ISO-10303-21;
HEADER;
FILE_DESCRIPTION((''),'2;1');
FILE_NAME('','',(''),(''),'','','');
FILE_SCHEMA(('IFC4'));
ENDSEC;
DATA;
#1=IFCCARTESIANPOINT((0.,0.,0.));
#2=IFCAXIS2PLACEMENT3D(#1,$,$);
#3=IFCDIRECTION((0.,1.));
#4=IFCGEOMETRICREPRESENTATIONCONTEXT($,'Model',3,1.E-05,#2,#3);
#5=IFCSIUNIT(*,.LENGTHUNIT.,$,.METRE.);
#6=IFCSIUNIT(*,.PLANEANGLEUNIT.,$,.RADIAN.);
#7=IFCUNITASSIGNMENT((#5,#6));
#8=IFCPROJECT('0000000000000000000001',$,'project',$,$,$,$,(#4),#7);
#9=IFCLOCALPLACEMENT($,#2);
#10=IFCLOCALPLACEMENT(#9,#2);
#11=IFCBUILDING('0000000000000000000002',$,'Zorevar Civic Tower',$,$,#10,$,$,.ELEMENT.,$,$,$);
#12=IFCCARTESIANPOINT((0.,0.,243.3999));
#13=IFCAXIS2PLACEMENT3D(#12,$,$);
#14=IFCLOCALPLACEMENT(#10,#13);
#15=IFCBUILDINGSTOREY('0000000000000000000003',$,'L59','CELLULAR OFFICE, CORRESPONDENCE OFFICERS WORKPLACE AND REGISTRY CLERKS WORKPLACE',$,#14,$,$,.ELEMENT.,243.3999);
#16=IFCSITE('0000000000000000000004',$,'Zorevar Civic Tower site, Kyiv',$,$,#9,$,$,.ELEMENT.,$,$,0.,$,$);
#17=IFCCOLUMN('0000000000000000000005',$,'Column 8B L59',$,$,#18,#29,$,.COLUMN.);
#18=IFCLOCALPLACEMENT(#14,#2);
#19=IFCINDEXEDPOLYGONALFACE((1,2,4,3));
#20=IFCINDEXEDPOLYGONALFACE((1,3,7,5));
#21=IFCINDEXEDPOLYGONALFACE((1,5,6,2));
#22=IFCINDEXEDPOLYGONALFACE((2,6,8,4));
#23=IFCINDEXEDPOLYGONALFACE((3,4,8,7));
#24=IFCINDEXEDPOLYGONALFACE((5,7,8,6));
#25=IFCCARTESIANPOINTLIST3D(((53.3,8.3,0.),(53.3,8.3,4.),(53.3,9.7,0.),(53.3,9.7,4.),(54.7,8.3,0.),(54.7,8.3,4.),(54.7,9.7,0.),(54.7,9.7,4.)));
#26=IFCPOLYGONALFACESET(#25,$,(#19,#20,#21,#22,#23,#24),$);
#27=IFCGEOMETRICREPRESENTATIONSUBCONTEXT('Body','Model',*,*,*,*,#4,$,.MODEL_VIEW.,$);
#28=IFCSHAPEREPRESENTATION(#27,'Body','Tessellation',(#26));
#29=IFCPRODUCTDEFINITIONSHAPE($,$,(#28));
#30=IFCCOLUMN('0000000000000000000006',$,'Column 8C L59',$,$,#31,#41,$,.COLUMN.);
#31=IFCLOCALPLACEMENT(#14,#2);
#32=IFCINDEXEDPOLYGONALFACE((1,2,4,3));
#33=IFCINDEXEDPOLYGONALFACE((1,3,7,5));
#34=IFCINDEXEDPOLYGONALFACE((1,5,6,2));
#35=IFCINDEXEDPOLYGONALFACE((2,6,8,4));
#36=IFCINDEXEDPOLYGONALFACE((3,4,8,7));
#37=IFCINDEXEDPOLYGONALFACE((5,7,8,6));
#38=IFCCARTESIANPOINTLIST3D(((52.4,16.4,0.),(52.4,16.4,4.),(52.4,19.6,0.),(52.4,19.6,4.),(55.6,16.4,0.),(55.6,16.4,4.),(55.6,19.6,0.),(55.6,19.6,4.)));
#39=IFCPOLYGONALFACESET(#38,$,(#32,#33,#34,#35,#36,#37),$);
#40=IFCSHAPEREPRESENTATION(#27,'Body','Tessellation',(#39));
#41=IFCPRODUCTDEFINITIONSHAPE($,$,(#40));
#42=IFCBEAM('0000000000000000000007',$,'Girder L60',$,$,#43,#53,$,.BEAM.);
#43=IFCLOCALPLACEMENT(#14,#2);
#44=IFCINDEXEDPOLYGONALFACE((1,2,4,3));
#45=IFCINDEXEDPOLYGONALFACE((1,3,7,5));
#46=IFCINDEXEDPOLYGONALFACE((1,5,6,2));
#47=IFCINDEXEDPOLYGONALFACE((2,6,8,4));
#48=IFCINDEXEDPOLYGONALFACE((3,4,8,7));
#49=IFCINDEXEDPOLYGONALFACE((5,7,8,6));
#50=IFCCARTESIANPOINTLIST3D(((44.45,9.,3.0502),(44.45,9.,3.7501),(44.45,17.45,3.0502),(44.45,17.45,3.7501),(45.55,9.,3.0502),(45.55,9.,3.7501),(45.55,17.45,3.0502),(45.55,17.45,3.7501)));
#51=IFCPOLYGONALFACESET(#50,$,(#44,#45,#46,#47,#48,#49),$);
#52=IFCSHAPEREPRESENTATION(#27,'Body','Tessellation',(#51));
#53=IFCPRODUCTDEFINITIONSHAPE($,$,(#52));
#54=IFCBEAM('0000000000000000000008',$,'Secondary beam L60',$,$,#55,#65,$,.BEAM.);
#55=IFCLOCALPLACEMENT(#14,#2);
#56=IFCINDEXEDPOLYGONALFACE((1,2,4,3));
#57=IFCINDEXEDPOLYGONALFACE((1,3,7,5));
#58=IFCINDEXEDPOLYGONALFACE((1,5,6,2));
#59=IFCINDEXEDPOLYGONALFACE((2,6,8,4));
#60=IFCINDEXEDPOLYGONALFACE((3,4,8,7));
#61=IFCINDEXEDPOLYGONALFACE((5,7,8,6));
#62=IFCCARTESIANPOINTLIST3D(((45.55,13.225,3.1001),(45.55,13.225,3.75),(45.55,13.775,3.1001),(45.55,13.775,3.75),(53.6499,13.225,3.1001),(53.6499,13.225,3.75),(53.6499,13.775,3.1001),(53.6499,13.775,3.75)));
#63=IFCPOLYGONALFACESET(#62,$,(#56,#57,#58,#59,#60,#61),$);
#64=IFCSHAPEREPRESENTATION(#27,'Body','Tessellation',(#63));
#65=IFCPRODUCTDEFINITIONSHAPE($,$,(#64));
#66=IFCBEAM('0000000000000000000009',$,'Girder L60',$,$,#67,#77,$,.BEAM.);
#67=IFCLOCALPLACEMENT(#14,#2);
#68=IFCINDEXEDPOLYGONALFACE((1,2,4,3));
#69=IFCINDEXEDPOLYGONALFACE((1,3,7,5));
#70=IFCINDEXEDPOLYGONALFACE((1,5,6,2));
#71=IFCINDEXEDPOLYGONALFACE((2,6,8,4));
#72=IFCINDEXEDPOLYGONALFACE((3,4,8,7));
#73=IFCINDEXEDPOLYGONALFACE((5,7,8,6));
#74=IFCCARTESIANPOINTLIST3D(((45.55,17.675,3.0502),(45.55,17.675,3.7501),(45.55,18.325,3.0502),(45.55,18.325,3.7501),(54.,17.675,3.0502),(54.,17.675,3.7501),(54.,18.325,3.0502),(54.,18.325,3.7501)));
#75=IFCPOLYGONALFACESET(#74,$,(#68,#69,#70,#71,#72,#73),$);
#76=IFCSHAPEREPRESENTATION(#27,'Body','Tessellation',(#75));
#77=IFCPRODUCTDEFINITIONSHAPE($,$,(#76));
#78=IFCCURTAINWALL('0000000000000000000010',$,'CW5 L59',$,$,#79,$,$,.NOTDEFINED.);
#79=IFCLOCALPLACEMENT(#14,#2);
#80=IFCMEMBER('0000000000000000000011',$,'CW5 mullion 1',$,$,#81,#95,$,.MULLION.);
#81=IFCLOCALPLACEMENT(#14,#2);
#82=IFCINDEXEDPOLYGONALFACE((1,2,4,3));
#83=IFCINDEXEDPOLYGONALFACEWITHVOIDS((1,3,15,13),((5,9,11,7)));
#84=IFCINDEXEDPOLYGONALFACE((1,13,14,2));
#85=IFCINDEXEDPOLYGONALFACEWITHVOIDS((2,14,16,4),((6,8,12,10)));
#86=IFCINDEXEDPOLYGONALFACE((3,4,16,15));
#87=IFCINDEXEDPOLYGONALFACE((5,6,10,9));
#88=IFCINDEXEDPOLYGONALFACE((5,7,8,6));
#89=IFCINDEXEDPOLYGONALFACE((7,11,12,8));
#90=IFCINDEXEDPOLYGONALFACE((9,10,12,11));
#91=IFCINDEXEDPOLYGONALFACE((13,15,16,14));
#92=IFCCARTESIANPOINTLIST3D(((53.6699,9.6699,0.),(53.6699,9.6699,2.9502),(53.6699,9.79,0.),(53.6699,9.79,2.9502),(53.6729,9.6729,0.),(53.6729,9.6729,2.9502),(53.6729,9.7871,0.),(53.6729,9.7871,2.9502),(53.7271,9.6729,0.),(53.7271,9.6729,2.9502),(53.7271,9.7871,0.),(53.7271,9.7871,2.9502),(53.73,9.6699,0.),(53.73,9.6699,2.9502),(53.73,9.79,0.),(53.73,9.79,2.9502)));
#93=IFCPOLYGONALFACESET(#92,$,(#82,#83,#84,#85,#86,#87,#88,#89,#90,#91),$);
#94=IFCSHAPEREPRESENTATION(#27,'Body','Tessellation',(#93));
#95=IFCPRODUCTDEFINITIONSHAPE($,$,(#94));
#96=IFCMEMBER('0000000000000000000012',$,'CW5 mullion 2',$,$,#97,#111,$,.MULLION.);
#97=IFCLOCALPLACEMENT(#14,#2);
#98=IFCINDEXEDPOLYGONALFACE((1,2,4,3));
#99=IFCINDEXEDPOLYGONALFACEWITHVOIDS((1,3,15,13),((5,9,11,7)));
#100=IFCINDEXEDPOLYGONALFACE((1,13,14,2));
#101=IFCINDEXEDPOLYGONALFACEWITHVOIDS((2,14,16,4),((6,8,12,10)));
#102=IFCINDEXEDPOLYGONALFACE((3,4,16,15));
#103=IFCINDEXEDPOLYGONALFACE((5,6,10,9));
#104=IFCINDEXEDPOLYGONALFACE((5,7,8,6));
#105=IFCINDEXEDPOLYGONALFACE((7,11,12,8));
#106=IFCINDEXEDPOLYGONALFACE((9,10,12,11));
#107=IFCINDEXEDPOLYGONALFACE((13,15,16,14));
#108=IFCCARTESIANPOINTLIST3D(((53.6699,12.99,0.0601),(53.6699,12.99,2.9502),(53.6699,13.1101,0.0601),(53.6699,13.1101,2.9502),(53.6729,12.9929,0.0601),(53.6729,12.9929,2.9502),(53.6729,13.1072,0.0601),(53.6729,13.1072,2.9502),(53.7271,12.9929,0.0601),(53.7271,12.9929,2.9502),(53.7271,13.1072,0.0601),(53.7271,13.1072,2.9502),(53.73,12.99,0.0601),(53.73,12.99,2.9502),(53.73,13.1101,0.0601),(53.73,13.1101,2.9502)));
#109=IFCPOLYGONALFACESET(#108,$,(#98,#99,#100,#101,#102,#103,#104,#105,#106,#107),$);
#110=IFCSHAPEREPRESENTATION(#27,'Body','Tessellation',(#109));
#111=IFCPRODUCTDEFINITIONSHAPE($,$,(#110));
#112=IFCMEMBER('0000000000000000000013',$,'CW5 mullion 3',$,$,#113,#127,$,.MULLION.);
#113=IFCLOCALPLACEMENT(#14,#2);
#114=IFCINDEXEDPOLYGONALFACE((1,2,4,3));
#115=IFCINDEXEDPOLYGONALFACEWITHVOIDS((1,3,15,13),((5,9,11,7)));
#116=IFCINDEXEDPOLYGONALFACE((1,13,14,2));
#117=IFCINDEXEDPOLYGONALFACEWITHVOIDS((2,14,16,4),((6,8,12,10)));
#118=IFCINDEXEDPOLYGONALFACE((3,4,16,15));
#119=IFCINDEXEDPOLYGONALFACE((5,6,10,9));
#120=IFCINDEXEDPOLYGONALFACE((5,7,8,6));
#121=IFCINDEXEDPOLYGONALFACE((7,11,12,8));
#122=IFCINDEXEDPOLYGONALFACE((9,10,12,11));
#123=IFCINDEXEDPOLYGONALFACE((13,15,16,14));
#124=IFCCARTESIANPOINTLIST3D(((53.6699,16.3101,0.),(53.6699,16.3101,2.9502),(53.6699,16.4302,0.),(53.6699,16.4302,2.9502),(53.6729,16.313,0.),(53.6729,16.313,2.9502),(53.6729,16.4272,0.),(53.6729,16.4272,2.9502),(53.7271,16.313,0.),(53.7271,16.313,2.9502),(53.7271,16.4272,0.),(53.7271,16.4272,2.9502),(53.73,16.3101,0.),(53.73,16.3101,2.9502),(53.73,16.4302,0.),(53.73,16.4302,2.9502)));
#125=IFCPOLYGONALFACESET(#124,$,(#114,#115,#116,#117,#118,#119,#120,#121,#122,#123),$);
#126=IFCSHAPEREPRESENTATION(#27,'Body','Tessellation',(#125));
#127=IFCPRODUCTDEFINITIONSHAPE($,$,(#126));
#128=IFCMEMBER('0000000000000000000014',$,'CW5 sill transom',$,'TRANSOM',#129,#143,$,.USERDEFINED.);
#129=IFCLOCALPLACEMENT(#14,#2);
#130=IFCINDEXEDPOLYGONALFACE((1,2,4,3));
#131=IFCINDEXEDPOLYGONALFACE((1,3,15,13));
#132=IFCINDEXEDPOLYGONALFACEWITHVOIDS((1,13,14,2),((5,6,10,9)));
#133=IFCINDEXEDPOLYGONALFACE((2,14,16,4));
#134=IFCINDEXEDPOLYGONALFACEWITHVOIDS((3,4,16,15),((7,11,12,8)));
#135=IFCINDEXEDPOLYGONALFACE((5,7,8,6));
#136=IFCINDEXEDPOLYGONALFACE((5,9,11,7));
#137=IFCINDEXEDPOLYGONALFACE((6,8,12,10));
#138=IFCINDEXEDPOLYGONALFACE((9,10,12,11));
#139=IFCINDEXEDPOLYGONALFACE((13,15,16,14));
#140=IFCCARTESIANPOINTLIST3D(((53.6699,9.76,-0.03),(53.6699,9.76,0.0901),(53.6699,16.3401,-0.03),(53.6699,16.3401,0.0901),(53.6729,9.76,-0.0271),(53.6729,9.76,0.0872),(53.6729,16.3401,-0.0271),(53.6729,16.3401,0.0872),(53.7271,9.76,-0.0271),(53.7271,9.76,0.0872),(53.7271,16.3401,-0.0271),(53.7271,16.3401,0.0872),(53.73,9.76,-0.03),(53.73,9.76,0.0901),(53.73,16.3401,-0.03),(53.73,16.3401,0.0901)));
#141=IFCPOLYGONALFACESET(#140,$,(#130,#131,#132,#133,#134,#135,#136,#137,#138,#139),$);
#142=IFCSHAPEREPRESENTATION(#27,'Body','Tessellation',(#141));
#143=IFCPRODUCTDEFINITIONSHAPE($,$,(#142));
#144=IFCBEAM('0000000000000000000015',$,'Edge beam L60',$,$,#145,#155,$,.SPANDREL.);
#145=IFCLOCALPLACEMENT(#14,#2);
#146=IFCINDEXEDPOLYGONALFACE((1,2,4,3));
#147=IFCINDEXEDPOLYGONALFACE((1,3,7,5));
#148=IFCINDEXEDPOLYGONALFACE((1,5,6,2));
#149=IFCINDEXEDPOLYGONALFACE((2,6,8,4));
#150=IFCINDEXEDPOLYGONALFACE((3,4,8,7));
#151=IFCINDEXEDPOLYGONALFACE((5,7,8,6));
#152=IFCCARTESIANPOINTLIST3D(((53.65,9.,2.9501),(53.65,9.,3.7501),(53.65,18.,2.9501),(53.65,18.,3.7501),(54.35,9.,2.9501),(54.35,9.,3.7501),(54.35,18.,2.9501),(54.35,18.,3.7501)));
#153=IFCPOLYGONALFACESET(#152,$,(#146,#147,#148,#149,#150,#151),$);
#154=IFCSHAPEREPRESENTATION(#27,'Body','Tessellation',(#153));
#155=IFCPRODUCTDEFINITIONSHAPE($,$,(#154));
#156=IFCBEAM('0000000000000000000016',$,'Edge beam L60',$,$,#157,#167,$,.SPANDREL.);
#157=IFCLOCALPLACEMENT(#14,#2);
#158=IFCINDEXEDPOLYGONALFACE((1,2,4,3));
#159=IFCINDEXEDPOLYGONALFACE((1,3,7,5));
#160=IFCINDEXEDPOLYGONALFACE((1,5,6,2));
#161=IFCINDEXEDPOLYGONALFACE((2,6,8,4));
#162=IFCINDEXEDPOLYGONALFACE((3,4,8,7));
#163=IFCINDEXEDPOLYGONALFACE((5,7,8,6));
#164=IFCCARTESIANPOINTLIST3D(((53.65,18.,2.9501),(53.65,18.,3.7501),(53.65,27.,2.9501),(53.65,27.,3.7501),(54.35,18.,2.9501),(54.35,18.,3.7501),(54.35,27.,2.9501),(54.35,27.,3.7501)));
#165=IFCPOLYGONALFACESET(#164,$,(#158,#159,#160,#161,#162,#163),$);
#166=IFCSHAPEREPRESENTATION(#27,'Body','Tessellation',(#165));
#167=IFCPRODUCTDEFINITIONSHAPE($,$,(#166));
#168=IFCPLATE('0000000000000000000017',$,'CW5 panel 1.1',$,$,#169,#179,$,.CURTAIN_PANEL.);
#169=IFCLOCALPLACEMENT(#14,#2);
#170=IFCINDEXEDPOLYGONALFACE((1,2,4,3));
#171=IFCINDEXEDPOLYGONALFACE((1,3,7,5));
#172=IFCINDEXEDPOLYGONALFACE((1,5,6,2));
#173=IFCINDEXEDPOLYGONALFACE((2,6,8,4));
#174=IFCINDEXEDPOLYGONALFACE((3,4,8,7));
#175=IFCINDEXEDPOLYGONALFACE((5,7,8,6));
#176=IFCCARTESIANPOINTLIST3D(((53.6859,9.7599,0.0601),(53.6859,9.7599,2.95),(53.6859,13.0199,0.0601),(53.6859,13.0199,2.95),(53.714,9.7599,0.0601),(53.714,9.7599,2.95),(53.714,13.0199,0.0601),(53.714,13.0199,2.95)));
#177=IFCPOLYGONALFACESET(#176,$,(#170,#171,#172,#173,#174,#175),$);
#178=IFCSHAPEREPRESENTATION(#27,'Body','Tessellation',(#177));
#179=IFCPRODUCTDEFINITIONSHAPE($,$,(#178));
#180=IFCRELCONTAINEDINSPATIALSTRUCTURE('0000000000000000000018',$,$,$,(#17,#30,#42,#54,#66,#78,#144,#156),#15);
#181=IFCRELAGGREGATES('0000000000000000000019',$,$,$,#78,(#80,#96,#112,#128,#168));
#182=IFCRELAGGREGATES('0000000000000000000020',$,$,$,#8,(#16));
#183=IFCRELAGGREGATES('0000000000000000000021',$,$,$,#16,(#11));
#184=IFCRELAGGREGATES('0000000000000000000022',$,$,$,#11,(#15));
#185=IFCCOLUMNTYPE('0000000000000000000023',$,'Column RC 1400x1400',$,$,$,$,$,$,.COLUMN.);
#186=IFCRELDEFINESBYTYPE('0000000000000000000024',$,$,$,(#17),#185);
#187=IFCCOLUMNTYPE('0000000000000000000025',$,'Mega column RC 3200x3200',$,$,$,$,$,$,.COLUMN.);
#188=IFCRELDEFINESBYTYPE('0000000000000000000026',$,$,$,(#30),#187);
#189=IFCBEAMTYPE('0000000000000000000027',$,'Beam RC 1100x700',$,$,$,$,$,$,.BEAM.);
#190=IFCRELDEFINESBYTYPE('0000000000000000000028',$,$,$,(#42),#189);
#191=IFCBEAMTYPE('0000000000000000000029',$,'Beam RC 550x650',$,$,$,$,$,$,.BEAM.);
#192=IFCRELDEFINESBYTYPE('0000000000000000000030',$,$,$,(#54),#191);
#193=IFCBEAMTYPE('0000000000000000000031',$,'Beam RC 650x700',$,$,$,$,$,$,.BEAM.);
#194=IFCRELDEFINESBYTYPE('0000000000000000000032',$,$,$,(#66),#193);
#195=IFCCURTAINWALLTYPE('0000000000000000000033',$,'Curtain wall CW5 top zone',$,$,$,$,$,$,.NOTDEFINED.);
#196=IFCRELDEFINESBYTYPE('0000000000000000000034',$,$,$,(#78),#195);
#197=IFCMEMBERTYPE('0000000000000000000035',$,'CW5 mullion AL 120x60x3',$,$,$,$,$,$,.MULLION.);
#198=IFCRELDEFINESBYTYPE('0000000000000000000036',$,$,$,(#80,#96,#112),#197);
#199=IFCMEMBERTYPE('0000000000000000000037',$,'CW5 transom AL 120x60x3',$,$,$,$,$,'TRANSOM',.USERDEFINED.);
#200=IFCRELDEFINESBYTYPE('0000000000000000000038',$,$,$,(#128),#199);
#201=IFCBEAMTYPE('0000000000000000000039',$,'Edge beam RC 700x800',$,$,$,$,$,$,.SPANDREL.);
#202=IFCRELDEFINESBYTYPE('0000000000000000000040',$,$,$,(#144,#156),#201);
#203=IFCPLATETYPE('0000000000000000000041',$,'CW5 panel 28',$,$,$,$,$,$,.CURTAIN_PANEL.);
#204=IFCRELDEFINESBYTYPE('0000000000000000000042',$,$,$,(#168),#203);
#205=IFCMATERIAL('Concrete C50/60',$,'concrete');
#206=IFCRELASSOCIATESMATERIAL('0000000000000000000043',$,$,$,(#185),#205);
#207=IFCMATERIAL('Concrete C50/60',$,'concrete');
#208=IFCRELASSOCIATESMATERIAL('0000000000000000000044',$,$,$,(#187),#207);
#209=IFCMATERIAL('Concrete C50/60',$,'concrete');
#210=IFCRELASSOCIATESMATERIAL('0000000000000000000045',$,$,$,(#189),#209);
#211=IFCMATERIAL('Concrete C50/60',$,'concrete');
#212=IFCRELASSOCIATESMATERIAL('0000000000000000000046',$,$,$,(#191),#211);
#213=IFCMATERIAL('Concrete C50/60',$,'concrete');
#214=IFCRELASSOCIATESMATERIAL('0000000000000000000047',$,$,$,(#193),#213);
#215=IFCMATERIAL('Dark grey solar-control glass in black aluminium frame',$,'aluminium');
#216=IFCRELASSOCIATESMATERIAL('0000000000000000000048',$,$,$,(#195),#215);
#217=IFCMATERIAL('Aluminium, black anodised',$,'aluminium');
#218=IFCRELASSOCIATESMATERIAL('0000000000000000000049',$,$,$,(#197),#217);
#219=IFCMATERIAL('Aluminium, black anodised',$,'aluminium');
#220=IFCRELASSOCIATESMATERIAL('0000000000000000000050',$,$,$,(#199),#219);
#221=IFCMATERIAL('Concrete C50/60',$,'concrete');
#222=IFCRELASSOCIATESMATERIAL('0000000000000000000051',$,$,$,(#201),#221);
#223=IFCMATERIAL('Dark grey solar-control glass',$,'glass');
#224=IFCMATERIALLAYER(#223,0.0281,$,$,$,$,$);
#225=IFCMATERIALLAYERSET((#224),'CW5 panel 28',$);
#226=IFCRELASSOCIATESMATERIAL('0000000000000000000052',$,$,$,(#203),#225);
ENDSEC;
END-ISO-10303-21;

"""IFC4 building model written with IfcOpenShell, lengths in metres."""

from ifc_helpers import new_model, si_unit, direction, frame, origin, origin_2d, place, context, subcontext, project, spatial, rectangle, hollow_rectangle, extrude, material, layer, layer_set, material_profile, profile_set, type_object, element, aggregate, save


model = new_model("IFC4")

# Units and contexts
model_context = context("Model", 3, precision=1e-05, world=origin(), true_north=direction((0.0, 1.0)))
body_context = subcontext(model_context, "Body", "Model", "MODEL_VIEW")
ifc_project = project(units=[si_unit("LENGTHUNIT", "METRE"), si_unit("PLANEANGLEUNIT", "RADIAN")], contexts=[model_context])

# Site, building, storey
site_placement = place(None, origin())
site = spatial("IfcSite", under=ifc_project, at=site_placement, Name="Zorevar Civic Tower site, Kyiv", CompositionType="ELEMENT", RefElevation=0.0)
building_placement = place(site_placement, origin())
building = spatial("IfcBuilding", under=site, at=building_placement, Name="Zorevar Civic Tower", CompositionType="ELEMENT")
storey_placement = place(building_placement, frame((0.0, 0.0, 243.3999)))
storey = spatial("IfcBuildingStorey", under=building, at=storey_placement, Name="L59", Description="CELLULAR OFFICE, CORRESPONDENCE OFFICERS WORKPLACE AND REGISTRY CLERKS WORKPLACE", CompositionType="ELEMENT", Elevation=243.3999)

# Columns
ifc_material_1 = material(Name="Concrete C50/60", Category="concrete")
ifc_material_profile_1 = material_profile(ifc_material_1, rectangle(XDim=1.3999, YDim=1.3999, at=origin_2d()), Name="RC 1400x1400")
ifc_profile_set_1 = profile_set([ifc_material_profile_1], Name="Concrete C50/60")
column_type_1 = type_object("IfcColumnType", Name="Column RC 1400x1400", PredefinedType="COLUMN", material=ifc_profile_set_1)
column_1_placement = place(storey_placement, frame((54.0, 9.0, 0.0), z_axis=(0.0, 0.0, 1.0), x_axis=(1.0, 0.0, 0.0)))
element("IfcColumn", 1, at=column_1_placement, inside=storey, type_object=column_type_1, Name="Column 8B L59", PredefinedType="COLUMN", context=body_context, shape_type="SweptSolid", body=[
    extrude(rectangle(XDim=1.3999, YDim=1.3999, at=origin_2d()), origin(), (0.0, 0.0, 1.0), 4.0),
])
ifc_material_2 = material(Name="Concrete C50/60", Category="concrete")
ifc_material_profile_2 = material_profile(ifc_material_2, rectangle(XDim=3.2, YDim=3.2, at=origin_2d()), Name="RC 3200x3200")
ifc_profile_set_2 = profile_set([ifc_material_profile_2], Name="Concrete C50/60")
column_type_2 = type_object("IfcColumnType", Name="Mega column RC 3200x3200", PredefinedType="COLUMN", material=ifc_profile_set_2)
column_2_placement = place(storey_placement, frame((54.0, 18.0, 0.0), z_axis=(0.0, 0.0, 1.0), x_axis=(1.0, 0.0, 0.0)))
element("IfcColumn", 2, at=column_2_placement, inside=storey, type_object=column_type_2, Name="Column 8C L59", PredefinedType="COLUMN", context=body_context, shape_type="SweptSolid", body=[
    extrude(rectangle(XDim=3.2, YDim=3.2, at=origin_2d()), origin(), (0.0, 0.0, 1.0), 4.0),
])

# Beams
ifc_material_3 = material(Name="Concrete C50/60", Category="concrete")
ifc_material_profile_3 = material_profile(ifc_material_3, rectangle(XDim=1.1001, YDim=0.7, at=origin_2d()), Name="RC 1100x700")
ifc_profile_set_3 = profile_set([ifc_material_profile_3], Name="Concrete C50/60")
beam_type_1 = type_object("IfcBeamType", Name="Beam RC 1100x700", PredefinedType="BEAM", material=ifc_profile_set_3)
beam_1_placement = place(storey_placement, frame((45.0, 9.0, 3.4001), z_axis=(0.0, 1.0, 0.0), x_axis=(-1.0, 0.0, 0.0)))
element("IfcBeam", 3, at=beam_1_placement, inside=storey, type_object=beam_type_1, Name="Girder L60", PredefinedType="BEAM", context=body_context, shape_type="SweptSolid", body=[
    extrude(rectangle(XDim=1.1001, YDim=0.7, at=origin_2d()), origin(), (0.0, 0.0, 1.0), 8.45),
])
ifc_material_4 = material(Name="Concrete C50/60", Category="concrete")
ifc_material_profile_4 = material_profile(ifc_material_4, rectangle(XDim=0.55, YDim=0.6499, at=origin_2d()), Name="RC 550x650")
ifc_profile_set_4 = profile_set([ifc_material_profile_4], Name="Concrete C50/60")
beam_type_2 = type_object("IfcBeamType", Name="Beam RC 550x650", PredefinedType="BEAM", material=ifc_profile_set_4)
beam_2_placement = place(storey_placement, frame((45.55, 13.5, 3.425), z_axis=(1.0, 0.0, 0.0), x_axis=(0.0, 1.0, 0.0)))
element("IfcBeam", 4, at=beam_2_placement, inside=storey, type_object=beam_type_2, Name="Secondary beam L60", PredefinedType="BEAM", context=body_context, shape_type="SweptSolid", body=[
    extrude(rectangle(XDim=0.55, YDim=0.6499, at=origin_2d()), origin(), (0.0, 0.0, 1.0), 8.0999),
])
ifc_material_5 = material(Name="Concrete C50/60", Category="concrete")
ifc_material_profile_5 = material_profile(ifc_material_5, rectangle(XDim=0.6499, YDim=0.7, at=origin_2d()), Name="RC 650x700")
ifc_profile_set_5 = profile_set([ifc_material_profile_5], Name="Concrete C50/60")
beam_type_3 = type_object("IfcBeamType", Name="Beam RC 650x700", PredefinedType="BEAM", material=ifc_profile_set_5)
beam_3_placement = place(storey_placement, frame((45.55, 18.0, 3.4001), z_axis=(1.0, 0.0, 0.0), x_axis=(0.0, 1.0, 0.0)))
element("IfcBeam", 5, at=beam_3_placement, inside=storey, type_object=beam_type_3, Name="Girder L60", PredefinedType="BEAM", context=body_context, shape_type="SweptSolid", body=[
    extrude(rectangle(XDim=0.6499, YDim=0.7, at=origin_2d()), origin(), (0.0, 0.0, 1.0), 8.45),
])

# Curtain wall, members
ifc_material_6 = material(Name="Dark grey solar-control glass in black aluminium frame", Category="aluminium")
curtain_wall_type = type_object("IfcCurtainWallType", Name="Curtain wall CW5 top zone", PredefinedType="NOTDEFINED", material=ifc_material_6)
curtain_wall_placement = place(storey_placement, origin())
curtain_wall = element("IfcCurtainWall", 6, at=curtain_wall_placement, inside=storey, type_object=curtain_wall_type, Name="CW5 L59", PredefinedType="NOTDEFINED")
ifc_material_7 = material(Name="Aluminium, black anodised", Category="aluminium")
ifc_material_profile_6 = material_profile(ifc_material_7, hollow_rectangle(XDim=0.0601, YDim=0.1201, WallThickness=0.0029, at=origin_2d()), Name="AL 120x60x3")
ifc_profile_set_6 = profile_set([ifc_material_profile_6], Name="Aluminium, black anodised")
member_type_1 = type_object("IfcMemberType", Name="CW5 mullion AL 120x60x3", PredefinedType="MULLION", material=ifc_profile_set_6)
member_1_placement = place(storey_placement, frame((53.7, 9.73, 0.0), z_axis=(0.0, 0.0, 1.0), x_axis=(-1.0, 0.0, 0.0)))
member_1 = element("IfcMember", 7, at=member_1_placement, type_object=member_type_1, Name="CW5 mullion 1", PredefinedType="MULLION", context=body_context, shape_type="SweptSolid", body=[
    extrude(hollow_rectangle(XDim=0.0601, YDim=0.1201, WallThickness=0.0029, at=origin_2d()), origin(), (0.0, 0.0, 1.0), 2.9502),
])
member_2_placement = place(storey_placement, frame((53.7, 13.05, 0.0601), z_axis=(0.0, 0.0, 1.0), x_axis=(-1.0, 0.0, 0.0)))
member_2 = element("IfcMember", 8, at=member_2_placement, type_object=member_type_1, Name="CW5 mullion 2", PredefinedType="MULLION", context=body_context, shape_type="SweptSolid", body=[
    extrude(hollow_rectangle(XDim=0.0601, YDim=0.1201, WallThickness=0.0029, at=origin_2d()), origin(), (0.0, 0.0, 1.0), 2.8901),
])
member_3_placement = place(storey_placement, frame((53.7, 16.3701, 0.0), z_axis=(0.0, 0.0, 1.0), x_axis=(-1.0, 0.0, 0.0)))
member_3 = element("IfcMember", 9, at=member_3_placement, type_object=member_type_1, Name="CW5 mullion 3", PredefinedType="MULLION", context=body_context, shape_type="SweptSolid", body=[
    extrude(hollow_rectangle(XDim=0.0601, YDim=0.1201, WallThickness=0.0029, at=origin_2d()), origin(), (0.0, 0.0, 1.0), 2.9502),
])
ifc_material_8 = material(Name="Aluminium, black anodised", Category="aluminium")
ifc_material_profile_7 = material_profile(ifc_material_8, hollow_rectangle(XDim=0.0601, YDim=0.1201, WallThickness=0.0029, at=origin_2d()), Name="AL 120x60x3")
ifc_profile_set_7 = profile_set([ifc_material_profile_7], Name="Aluminium, black anodised")
member_type_2 = type_object("IfcMemberType", Name="CW5 transom AL 120x60x3", ElementType="TRANSOM", PredefinedType="USERDEFINED", material=ifc_profile_set_7)
member_4_placement = place(storey_placement, frame((53.7, 9.76, 0.03), z_axis=(0.0, 1.0, 0.0), x_axis=(-1.0, 0.0, 0.0)))
member_4 = element("IfcMember", 10, at=member_4_placement, type_object=member_type_2, Name="CW5 sill transom", ObjectType="TRANSOM", PredefinedType="USERDEFINED", context=body_context, shape_type="SweptSolid", body=[
    extrude(hollow_rectangle(XDim=0.0601, YDim=0.1201, WallThickness=0.0029, at=origin_2d()), origin(), (0.0, 0.0, 1.0), 6.5801),
])

# Beams
ifc_material_9 = material(Name="Concrete C50/60", Category="concrete")
ifc_material_profile_8 = material_profile(ifc_material_9, rectangle(XDim=0.7, YDim=0.8, at=origin_2d()), Name="RC 700x800")
ifc_profile_set_8 = profile_set([ifc_material_profile_8], Name="Concrete C50/60")
beam_type_4 = type_object("IfcBeamType", Name="Edge beam RC 700x800", PredefinedType="SPANDREL", material=ifc_profile_set_8)
for number, where, z_axis, x_axis, name in (
    (11, (54.0, 9.0, 3.3501), (0.0, 1.0, 0.0), (-1.0, 0.0, 0.0), "Edge beam L60"),
    (12, (54.0, 18.0, 3.3501), (0.0, 1.0, 0.0), (-1.0, 0.0, 0.0), "Edge beam L60"),
):
    element("IfcBeam", number, at=place(storey_placement, frame(where, z_axis=z_axis, x_axis=x_axis)), inside=storey, type_object=beam_type_4, Name=name, PredefinedType="SPANDREL", context=body_context, shape_type="SweptSolid", body=[
        extrude(rectangle(XDim=0.7, YDim=0.8, at=origin_2d()), origin(), (0.0, 0.0, 1.0), 9.0),
    ])

# Plate
ifc_material_10 = material(Name="Dark grey solar-control glass", Category="glass")
ifc_layer_1 = layer(ifc_material_10, 0.0281)
ifc_layer_set_1 = layer_set([ifc_layer_1], Name="CW5 panel 28")
plate_type = type_object("IfcPlateType", Name="CW5 panel 28", PredefinedType="CURTAIN_PANEL", material=ifc_layer_set_1)
plate_1_placement = place(storey_placement, frame((53.7, 11.3899, 0.0601), z_axis=(0.0, 0.0, 1.0), x_axis=(0.0, 1.0, 0.0)))
plate_1 = element("IfcPlate", 13, at=plate_1_placement, type_object=plate_type, Name="CW5 panel 1.1", PredefinedType="CURTAIN_PANEL", context=body_context, shape_type="SweptSolid", body=[
    extrude(rectangle(XDim=3.26, YDim=0.0281, at=origin_2d()), origin(), (0.0, 0.0, 1.0), 2.8899),
])
aggregate(curtain_wall, [member_1, member_2, member_3, member_4, plate_1])

save(model, "model.ifc")
